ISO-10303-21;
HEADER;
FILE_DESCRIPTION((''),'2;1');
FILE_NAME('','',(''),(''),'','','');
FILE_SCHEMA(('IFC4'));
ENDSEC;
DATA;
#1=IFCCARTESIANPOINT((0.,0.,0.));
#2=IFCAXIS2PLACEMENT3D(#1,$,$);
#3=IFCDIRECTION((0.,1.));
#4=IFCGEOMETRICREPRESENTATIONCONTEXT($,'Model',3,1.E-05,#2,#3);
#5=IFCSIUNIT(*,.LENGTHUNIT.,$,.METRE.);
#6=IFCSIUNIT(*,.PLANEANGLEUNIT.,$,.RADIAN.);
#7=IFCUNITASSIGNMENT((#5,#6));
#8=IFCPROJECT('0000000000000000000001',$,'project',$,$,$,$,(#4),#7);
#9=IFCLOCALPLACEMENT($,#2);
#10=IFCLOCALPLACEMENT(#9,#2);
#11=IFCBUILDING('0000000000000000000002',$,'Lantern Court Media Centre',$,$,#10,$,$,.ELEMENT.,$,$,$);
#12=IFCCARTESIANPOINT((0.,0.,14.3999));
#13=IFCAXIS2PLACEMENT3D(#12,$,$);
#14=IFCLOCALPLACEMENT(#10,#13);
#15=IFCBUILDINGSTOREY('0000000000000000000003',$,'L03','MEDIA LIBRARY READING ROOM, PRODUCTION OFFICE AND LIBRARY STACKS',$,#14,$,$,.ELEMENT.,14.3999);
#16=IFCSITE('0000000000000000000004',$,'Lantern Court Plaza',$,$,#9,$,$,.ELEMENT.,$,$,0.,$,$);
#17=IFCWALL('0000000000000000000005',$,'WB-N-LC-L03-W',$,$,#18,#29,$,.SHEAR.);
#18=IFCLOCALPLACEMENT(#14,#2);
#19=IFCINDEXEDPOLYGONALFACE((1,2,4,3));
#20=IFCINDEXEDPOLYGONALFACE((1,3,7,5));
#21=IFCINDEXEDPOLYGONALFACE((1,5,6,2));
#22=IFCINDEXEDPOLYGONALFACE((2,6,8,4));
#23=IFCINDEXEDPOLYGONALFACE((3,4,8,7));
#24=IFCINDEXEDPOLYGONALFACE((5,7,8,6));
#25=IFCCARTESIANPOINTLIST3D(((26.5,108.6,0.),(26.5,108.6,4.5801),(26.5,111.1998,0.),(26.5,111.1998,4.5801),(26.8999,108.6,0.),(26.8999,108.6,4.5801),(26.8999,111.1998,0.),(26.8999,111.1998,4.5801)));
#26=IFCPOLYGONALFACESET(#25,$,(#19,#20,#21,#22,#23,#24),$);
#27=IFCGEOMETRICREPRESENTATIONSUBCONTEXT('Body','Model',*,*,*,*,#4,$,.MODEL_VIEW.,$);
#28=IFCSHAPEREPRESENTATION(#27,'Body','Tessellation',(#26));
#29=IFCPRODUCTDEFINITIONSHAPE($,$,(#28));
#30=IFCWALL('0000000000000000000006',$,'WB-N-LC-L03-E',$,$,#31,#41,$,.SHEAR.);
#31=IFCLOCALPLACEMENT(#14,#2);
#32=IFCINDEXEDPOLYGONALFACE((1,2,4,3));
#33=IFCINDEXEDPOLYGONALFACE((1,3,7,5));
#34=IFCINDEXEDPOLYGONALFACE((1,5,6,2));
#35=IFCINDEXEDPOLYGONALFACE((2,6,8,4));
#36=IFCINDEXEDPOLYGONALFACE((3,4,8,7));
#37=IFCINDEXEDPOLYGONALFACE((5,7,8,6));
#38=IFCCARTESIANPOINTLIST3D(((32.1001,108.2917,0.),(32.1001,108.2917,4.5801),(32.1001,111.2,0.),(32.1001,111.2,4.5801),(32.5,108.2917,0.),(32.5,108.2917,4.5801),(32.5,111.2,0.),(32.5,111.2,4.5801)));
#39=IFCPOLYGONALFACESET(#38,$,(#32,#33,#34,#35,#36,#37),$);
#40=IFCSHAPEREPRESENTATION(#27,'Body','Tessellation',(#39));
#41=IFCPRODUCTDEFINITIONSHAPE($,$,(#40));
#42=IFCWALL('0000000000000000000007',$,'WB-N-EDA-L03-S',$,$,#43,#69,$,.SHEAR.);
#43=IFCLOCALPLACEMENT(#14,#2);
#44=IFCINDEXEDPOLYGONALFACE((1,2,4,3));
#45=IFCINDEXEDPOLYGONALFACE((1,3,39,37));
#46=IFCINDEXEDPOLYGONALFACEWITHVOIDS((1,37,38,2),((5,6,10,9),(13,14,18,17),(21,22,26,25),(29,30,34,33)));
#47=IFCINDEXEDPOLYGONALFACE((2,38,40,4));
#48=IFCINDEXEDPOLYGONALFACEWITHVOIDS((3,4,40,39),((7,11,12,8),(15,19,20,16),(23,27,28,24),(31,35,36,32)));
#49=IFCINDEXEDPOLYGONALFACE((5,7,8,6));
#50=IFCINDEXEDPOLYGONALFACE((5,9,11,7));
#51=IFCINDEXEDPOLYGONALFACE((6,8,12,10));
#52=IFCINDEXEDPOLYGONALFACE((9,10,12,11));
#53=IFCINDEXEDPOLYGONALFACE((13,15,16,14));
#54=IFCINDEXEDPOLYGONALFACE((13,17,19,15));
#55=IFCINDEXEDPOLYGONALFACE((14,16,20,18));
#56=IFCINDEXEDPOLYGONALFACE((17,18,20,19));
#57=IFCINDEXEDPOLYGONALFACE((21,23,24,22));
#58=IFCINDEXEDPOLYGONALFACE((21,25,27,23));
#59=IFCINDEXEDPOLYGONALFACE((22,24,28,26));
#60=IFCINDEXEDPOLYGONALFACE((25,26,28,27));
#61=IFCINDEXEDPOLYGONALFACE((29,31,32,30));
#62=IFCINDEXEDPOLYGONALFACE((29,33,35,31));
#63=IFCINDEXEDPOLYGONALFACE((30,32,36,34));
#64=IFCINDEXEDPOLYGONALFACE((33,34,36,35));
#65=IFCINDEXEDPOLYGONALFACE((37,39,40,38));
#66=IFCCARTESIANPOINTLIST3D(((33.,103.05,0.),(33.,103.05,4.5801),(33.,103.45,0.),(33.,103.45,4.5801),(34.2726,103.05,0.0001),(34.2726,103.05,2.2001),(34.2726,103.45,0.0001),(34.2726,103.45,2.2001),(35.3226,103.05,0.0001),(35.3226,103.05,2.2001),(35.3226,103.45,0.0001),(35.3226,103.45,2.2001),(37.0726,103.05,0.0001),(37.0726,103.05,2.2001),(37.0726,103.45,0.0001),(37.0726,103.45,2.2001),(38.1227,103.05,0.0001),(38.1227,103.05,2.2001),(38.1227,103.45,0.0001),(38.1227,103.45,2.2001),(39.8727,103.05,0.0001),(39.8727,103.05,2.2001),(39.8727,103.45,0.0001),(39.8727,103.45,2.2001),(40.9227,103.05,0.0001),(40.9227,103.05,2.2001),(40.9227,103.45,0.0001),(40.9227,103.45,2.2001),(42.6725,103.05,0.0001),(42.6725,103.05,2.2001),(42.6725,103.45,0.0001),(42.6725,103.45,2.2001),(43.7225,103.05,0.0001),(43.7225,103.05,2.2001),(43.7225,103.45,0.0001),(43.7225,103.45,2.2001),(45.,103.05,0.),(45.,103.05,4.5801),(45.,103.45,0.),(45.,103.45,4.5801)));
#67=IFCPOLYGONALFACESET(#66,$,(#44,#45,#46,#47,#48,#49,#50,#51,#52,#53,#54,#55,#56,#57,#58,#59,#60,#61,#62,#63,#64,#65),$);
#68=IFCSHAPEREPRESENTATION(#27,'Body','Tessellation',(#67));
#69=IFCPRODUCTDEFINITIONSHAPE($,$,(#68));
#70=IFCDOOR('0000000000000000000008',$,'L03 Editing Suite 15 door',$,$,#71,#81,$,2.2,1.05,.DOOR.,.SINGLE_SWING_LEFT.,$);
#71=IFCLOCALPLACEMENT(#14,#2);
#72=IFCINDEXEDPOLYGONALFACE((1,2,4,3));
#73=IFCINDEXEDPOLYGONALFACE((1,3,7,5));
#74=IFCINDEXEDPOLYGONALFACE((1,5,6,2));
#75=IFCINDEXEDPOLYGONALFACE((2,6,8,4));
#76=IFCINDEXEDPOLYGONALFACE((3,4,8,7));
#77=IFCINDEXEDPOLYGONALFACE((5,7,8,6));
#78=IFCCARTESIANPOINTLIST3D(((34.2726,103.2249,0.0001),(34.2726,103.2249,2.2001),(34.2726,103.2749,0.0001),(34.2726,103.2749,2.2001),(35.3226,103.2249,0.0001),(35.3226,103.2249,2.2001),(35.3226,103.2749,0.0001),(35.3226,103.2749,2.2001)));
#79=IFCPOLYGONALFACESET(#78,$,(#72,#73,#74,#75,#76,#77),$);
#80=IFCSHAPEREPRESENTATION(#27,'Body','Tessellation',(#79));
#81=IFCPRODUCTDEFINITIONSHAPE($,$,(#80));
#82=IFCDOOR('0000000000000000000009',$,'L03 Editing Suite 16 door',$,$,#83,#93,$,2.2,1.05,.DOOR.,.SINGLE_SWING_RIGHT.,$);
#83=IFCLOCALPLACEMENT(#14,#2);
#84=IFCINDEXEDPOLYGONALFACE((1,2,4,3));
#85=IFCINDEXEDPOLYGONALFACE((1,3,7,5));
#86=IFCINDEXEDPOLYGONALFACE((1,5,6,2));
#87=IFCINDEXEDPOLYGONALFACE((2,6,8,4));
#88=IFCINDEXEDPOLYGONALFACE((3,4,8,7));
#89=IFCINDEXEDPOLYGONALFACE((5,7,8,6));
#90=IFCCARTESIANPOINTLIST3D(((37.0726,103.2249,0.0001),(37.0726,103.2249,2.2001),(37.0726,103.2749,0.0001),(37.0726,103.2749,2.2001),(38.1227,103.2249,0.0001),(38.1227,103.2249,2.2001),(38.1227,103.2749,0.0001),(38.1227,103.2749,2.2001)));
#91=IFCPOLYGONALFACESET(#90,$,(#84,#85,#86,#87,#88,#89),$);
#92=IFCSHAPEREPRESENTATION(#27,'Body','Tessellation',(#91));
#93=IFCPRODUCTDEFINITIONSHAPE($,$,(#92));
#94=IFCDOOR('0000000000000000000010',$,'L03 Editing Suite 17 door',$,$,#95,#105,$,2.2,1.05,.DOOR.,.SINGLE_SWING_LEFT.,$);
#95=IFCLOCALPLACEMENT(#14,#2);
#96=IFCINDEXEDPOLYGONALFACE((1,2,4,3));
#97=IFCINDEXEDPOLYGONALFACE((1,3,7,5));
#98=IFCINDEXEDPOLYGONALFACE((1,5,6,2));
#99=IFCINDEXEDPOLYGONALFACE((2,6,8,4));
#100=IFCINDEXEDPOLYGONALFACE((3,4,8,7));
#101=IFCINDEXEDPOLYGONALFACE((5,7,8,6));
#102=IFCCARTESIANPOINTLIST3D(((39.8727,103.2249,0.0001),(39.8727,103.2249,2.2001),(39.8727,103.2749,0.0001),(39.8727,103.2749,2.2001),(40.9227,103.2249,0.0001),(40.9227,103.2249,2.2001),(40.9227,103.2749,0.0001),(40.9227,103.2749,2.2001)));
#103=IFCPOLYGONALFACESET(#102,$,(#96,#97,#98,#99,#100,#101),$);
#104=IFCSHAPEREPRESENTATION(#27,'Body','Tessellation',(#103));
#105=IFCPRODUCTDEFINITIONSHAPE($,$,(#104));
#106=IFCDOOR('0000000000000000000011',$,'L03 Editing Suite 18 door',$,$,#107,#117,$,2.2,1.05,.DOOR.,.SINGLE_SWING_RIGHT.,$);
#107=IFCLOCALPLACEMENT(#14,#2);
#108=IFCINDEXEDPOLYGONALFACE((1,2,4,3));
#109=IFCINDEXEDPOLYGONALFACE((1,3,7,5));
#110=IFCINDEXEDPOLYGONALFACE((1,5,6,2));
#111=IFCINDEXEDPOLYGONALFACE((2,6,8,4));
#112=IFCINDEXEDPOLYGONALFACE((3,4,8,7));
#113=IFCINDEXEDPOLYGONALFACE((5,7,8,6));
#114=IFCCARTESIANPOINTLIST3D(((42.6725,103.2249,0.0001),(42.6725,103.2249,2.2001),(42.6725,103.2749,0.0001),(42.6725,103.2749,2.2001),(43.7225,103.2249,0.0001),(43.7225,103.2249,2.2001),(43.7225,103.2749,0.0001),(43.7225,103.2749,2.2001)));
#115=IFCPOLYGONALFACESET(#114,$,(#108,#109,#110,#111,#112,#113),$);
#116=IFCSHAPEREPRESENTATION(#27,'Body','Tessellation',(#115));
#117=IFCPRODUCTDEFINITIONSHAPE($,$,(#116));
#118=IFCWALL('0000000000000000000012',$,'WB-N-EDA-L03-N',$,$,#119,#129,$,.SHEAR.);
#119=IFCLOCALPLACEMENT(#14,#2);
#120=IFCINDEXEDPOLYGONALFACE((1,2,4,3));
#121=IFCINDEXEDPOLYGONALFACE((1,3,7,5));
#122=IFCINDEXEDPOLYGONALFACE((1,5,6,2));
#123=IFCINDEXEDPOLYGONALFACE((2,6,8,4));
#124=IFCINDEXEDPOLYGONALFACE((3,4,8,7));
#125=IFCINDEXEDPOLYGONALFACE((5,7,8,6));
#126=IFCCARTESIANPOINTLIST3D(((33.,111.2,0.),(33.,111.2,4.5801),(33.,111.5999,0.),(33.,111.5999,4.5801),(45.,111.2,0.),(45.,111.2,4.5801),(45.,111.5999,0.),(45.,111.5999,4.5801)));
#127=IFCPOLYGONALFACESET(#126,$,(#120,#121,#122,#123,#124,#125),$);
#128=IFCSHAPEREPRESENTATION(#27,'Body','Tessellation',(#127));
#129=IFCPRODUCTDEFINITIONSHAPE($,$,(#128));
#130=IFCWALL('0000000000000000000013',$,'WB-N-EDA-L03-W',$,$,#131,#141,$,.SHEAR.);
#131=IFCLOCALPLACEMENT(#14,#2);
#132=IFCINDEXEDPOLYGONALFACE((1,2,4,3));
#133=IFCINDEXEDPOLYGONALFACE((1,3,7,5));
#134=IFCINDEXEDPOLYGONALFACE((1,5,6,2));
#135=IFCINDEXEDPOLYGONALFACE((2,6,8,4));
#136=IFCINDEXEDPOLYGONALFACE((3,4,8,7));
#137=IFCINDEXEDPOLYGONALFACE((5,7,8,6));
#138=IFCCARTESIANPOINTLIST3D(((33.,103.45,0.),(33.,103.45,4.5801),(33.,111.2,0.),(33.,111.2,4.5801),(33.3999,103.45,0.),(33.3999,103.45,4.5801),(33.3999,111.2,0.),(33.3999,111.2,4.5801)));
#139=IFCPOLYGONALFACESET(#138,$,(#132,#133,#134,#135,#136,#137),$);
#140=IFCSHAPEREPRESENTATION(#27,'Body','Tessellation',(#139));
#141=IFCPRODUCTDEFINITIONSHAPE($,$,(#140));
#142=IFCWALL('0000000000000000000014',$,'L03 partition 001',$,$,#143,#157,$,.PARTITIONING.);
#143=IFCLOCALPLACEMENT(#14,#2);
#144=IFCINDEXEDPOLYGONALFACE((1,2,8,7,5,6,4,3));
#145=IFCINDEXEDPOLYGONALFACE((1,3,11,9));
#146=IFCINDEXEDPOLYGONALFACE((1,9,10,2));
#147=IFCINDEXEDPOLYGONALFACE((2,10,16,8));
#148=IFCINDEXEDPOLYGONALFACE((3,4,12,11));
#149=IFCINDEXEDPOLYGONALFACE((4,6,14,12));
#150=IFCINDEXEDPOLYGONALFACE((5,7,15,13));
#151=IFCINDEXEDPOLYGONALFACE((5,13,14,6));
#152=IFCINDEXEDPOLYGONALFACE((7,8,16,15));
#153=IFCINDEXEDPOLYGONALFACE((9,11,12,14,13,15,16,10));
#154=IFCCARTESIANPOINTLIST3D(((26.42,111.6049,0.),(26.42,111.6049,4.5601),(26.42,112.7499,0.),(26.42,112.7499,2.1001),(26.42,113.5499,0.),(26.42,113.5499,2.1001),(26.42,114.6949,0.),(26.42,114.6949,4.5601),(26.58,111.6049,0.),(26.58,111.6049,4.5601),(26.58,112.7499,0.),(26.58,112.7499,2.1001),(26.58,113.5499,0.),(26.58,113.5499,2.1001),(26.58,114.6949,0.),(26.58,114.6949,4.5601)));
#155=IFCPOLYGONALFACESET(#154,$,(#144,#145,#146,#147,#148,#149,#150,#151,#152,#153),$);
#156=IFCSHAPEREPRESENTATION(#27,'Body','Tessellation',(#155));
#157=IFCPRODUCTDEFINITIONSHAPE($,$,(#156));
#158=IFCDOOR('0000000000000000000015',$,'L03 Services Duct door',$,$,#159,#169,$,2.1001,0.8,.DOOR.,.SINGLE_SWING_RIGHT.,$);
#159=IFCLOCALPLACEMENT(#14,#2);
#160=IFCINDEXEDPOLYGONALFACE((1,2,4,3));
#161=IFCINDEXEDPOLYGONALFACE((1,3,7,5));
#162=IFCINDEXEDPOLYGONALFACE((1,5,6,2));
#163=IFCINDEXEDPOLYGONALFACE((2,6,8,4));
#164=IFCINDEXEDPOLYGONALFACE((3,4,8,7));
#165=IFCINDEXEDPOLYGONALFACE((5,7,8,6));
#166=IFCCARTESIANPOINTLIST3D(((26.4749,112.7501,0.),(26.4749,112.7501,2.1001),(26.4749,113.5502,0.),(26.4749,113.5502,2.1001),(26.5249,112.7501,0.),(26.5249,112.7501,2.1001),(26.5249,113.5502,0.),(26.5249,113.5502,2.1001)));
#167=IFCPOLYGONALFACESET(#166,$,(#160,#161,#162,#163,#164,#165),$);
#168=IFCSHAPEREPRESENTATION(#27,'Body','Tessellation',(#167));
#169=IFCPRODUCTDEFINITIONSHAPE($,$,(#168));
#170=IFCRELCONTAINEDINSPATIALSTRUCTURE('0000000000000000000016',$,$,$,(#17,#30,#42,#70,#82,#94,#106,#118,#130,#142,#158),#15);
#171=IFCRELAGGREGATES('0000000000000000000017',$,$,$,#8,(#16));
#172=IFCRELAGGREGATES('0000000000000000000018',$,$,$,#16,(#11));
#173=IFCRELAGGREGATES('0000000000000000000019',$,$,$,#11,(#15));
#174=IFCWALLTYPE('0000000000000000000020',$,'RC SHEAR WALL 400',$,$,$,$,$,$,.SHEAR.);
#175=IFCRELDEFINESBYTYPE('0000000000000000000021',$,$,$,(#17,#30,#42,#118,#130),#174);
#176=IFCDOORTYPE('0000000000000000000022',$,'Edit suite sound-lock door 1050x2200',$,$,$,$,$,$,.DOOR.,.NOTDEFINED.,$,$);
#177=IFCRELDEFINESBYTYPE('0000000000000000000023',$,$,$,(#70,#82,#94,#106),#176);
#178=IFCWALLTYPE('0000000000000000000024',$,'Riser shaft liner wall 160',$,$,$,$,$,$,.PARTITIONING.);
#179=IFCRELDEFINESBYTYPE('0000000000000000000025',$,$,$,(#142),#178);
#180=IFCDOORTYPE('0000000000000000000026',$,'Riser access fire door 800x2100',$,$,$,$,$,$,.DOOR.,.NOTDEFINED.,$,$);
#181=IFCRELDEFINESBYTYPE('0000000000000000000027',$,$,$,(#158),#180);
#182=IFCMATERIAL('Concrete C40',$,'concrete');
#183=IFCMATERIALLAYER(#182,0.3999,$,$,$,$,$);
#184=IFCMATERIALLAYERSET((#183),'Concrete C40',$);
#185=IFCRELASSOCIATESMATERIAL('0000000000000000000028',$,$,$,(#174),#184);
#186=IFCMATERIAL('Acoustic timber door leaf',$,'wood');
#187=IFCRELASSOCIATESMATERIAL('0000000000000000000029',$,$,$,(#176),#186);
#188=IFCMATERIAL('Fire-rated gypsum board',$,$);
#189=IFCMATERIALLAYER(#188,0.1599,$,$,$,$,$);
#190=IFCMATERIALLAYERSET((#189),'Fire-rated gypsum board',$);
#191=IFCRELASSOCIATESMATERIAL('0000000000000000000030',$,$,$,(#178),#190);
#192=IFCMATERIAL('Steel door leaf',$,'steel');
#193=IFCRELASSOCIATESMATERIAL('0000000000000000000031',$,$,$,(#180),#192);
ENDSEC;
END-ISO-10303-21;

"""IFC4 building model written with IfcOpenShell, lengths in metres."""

from ifc_helpers import new_model, si_unit, direction, frame, frame_2d, origin, place, context, subcontext, project, spatial, rectangle, extrude, material, layer, layer_set, type_object, element, fill, save


model = new_model("IFC4")

# Units and contexts
model_context = context("Model", 3, precision=1e-05, world=origin(), true_north=direction((0.0, 1.0)))
body_context = subcontext(model_context, "Body", "Model", "MODEL_VIEW")
ifc_project = project(units=[si_unit("LENGTHUNIT", "METRE"), si_unit("PLANEANGLEUNIT", "RADIAN")], contexts=[model_context])

# Site, building, storey
site_placement = place(None, origin())
site = spatial("IfcSite", under=ifc_project, at=site_placement, Name="Lantern Court Plaza", CompositionType="ELEMENT", RefElevation=0.0)
building_placement = place(site_placement, origin())
building = spatial("IfcBuilding", under=site, at=building_placement, Name="Lantern Court Media Centre", CompositionType="ELEMENT")
storey_placement = place(building_placement, frame((0.0, 0.0, 14.3999)))
storey = spatial("IfcBuildingStorey", under=building, at=storey_placement, Name="L03", Description="MEDIA LIBRARY READING ROOM, PRODUCTION OFFICE AND LIBRARY STACKS", CompositionType="ELEMENT", Elevation=14.3999)

# Shared definitions
ifc_material_1 = material(Name="Concrete C40", Category="concrete")

# Shared definitions
ifc_layer_1 = layer(ifc_material_1, 0.3999)
ifc_layer_set_1 = layer_set([ifc_layer_1], Name="Concrete C40")
wall_type_1 = type_object("IfcWallType", Name="RC SHEAR WALL 400", PredefinedType="SHEAR", material=ifc_layer_set_1)
ifc_material_2 = material(Name="Steel door leaf", Category="steel")

# Walls
wall_1_placement = place(storey_placement, frame((26.7, 108.6001, 0.0), z_axis=(0.0, 0.0, 1.0), x_axis=(0.0, 1.0, 0.0)))
element("IfcWall", 1, at=wall_1_placement, inside=storey, type_object=wall_type_1, Name="WB-N-LC-L03-W", PredefinedType="SHEAR", context=body_context, shape_type="SweptSolid", body=[
    extrude(rectangle(XDim=2.5999, YDim=0.3999, at=frame_2d((1.2998, 0.0))), origin(), (0.0, 0.0, 1.0), 4.5801),
])
wall_2_placement = place(storey_placement, frame((32.3, 108.2917, 0.0), z_axis=(0.0, 0.0, 1.0), x_axis=(0.0, 1.0, 0.0)))
element("IfcWall", 2, at=wall_2_placement, inside=storey, type_object=wall_type_1, Name="WB-N-LC-L03-E", PredefinedType="SHEAR", context=body_context, shape_type="SweptSolid", body=[
    extrude(rectangle(XDim=2.9082, YDim=0.3999, at=frame_2d((1.4541, 0.0))), origin(), (0.0, 0.0, 1.0), 4.5801),
])

# Wall, openings, doors
wall_3_placement = place(storey_placement, frame((33.0, 103.25, 0.0), z_axis=(0.0, 0.0, 1.0), x_axis=(1.0, 0.0, 0.0)))
wall_3 = element("IfcWall", 3, at=wall_3_placement, inside=storey, type_object=wall_type_1, Name="WB-N-EDA-L03-S", PredefinedType="SHEAR", context=body_context, shape_type="SweptSolid", body=[
    extrude(rectangle(XDim=12.0, YDim=0.3999, at=frame_2d((6.0, 0.0))), origin(), (0.0, 0.0, 1.0), 4.5801),
])
opening_1_placement = place(wall_3_placement, frame((1.2727, 0.0, 0.0)))
opening_1 = element("IfcOpeningElement", 4, at=opening_1_placement, cuts=wall_3, PredefinedType="OPENING", context=body_context, shape_type="SweptSolid", body=[
    extrude(rectangle(XDim=1.05, YDim=2.2, at=frame_2d((0.5249, 1.1001))), frame((0.0, 0.21, 0.0), z_axis=(0.0, -1.0, 0.0), x_axis=(1.0, 0.0, 0.0)), (0.0, 0.0, 1.0), 0.4199),
])
opening_2_placement = place(wall_3_placement, frame((4.0728, 0.0, 0.0)))
opening_2 = element("IfcOpeningElement", 5, at=opening_2_placement, cuts=wall_3, PredefinedType="OPENING", context=body_context, shape_type="SweptSolid", body=[
    extrude(rectangle(XDim=1.05, YDim=2.2, at=frame_2d((0.5249, 1.1001))), frame((0.0, 0.21, 0.0), z_axis=(0.0, -1.0, 0.0), x_axis=(1.0, 0.0, 0.0)), (0.0, 0.0, 1.0), 0.4199),
])
opening_3_placement = place(wall_3_placement, frame((6.8728, 0.0, 0.0)))
opening_3 = element("IfcOpeningElement", 6, at=opening_3_placement, cuts=wall_3, PredefinedType="OPENING", context=body_context, shape_type="SweptSolid", body=[
    extrude(rectangle(XDim=1.05, YDim=2.2, at=frame_2d((0.5249, 1.1001))), frame((0.0, 0.21, 0.0), z_axis=(0.0, -1.0, 0.0), x_axis=(1.0, 0.0, 0.0)), (0.0, 0.0, 1.0), 0.4199),
])
opening_4_placement = place(wall_3_placement, frame((9.6726, 0.0, 0.0)))
opening_4 = element("IfcOpeningElement", 7, at=opening_4_placement, cuts=wall_3, PredefinedType="OPENING", context=body_context, shape_type="SweptSolid", body=[
    extrude(rectangle(XDim=1.05, YDim=2.2, at=frame_2d((0.5249, 1.1001))), frame((0.0, 0.21, 0.0), z_axis=(0.0, -1.0, 0.0), x_axis=(1.0, 0.0, 0.0)), (0.0, 0.0, 1.0), 0.4199),
])
ifc_material_3 = material(Name="Acoustic timber door leaf", Category="wood")
door_type_1 = type_object("IfcDoorType", Name="Edit suite sound-lock door 1050x2200", OperationType="NOTDEFINED", PredefinedType="DOOR", material=ifc_material_3)
door_1_placement = place(opening_1_placement, origin())
door_1 = element("IfcDoor", 8, at=door_1_placement, inside=storey, type_object=door_type_1, Name="L03 Editing Suite 15 door", OperationType="SINGLE_SWING_LEFT", OverallHeight=2.2, OverallWidth=1.05, PredefinedType="DOOR", context=body_context, shape_type="SweptSolid", body=[
    extrude(rectangle(XDim=1.05, YDim=2.2, at=frame_2d((0.5249, 1.1001))), frame((0.0, 0.0249, 0.0), z_axis=(0.0, -1.0, 0.0), x_axis=(1.0, 0.0, 0.0)), (0.0, 0.0, 1.0), 0.05),
])
fill(opening_1, door_1)
door_2_placement = place(opening_2_placement, origin())
door_2 = element("IfcDoor", 9, at=door_2_placement, inside=storey, type_object=door_type_1, Name="L03 Editing Suite 16 door", OperationType="SINGLE_SWING_RIGHT", OverallHeight=2.2, OverallWidth=1.05, PredefinedType="DOOR", context=body_context, shape_type="SweptSolid", body=[
    extrude(rectangle(XDim=1.05, YDim=2.2, at=frame_2d((0.5249, 1.1001))), frame((0.0, 0.0249, 0.0), z_axis=(0.0, -1.0, 0.0), x_axis=(1.0, 0.0, 0.0)), (0.0, 0.0, 1.0), 0.05),
])
fill(opening_2, door_2)
door_3_placement = place(opening_3_placement, origin())
door_3 = element("IfcDoor", 10, at=door_3_placement, inside=storey, type_object=door_type_1, Name="L03 Editing Suite 17 door", OperationType="SINGLE_SWING_LEFT", OverallHeight=2.2, OverallWidth=1.05, PredefinedType="DOOR", context=body_context, shape_type="SweptSolid", body=[
    extrude(rectangle(XDim=1.05, YDim=2.2, at=frame_2d((0.5249, 1.1001))), frame((0.0, 0.0249, 0.0), z_axis=(0.0, -1.0, 0.0), x_axis=(1.0, 0.0, 0.0)), (0.0, 0.0, 1.0), 0.05),
])
fill(opening_3, door_3)
door_4_placement = place(opening_4_placement, origin())
door_4 = element("IfcDoor", 11, at=door_4_placement, inside=storey, type_object=door_type_1, Name="L03 Editing Suite 18 door", OperationType="SINGLE_SWING_RIGHT", OverallHeight=2.2, OverallWidth=1.05, PredefinedType="DOOR", context=body_context, shape_type="SweptSolid", body=[
    extrude(rectangle(XDim=1.05, YDim=2.2, at=frame_2d((0.5249, 1.1001))), frame((0.0, 0.0249, 0.0), z_axis=(0.0, -1.0, 0.0), x_axis=(1.0, 0.0, 0.0)), (0.0, 0.0, 1.0), 0.05),
])
fill(opening_4, door_4)

# Walls
wall_4_placement = place(storey_placement, frame((33.0, 111.3999, 0.0), z_axis=(0.0, 0.0, 1.0), x_axis=(1.0, 0.0, 0.0)))
element("IfcWall", 12, at=wall_4_placement, inside=storey, type_object=wall_type_1, Name="WB-N-EDA-L03-N", PredefinedType="SHEAR", context=body_context, shape_type="SweptSolid", body=[
    extrude(rectangle(XDim=12.0, YDim=0.3999, at=frame_2d((6.0, 0.0))), origin(), (0.0, 0.0, 1.0), 4.5801),
])
wall_5_placement = place(storey_placement, frame((33.2, 103.45, 0.0), z_axis=(0.0, 0.0, 1.0), x_axis=(0.0, 1.0, 0.0)))
element("IfcWall", 13, at=wall_5_placement, inside=storey, type_object=wall_type_1, Name="WB-N-EDA-L03-W", PredefinedType="SHEAR", context=body_context, shape_type="SweptSolid", body=[
    extrude(rectangle(XDim=7.75, YDim=0.3999, at=frame_2d((3.875, 0.0))), origin(), (0.0, 0.0, 1.0), 4.5801),
])

# Wall, opening, door
ifc_material_4 = material(Name="Fire-rated gypsum board")
ifc_layer_2 = layer(ifc_material_4, 0.1599)
ifc_layer_set_2 = layer_set([ifc_layer_2], Name="Fire-rated gypsum board")
wall_type_2 = type_object("IfcWallType", Name="Riser shaft liner wall 160", PredefinedType="PARTITIONING", material=ifc_layer_set_2)
wall_6_placement = place(storey_placement, frame((26.5, 111.605, 0.0), z_axis=(0.0, 0.0, 1.0), x_axis=(0.0, 1.0, 0.0)))
wall_6 = element("IfcWall", 14, at=wall_6_placement, inside=storey, type_object=wall_type_2, Name="L03 partition 001", PredefinedType="PARTITIONING", context=body_context, shape_type="SweptSolid", body=[
    extrude(rectangle(XDim=3.0901, YDim=0.1599, at=frame_2d((1.5449, 0.0))), origin(), (0.0, 0.0, 1.0), 4.5601),
])
opening_5_placement = place(wall_6_placement, frame((1.145, 0.0, 0.0)))
opening_5 = element("IfcOpeningElement", 15, at=opening_5_placement, cuts=wall_6, PredefinedType="OPENING", context=body_context, shape_type="SweptSolid", body=[
    extrude(rectangle(XDim=0.8, YDim=2.1001, at=frame_2d((0.3999, 1.05))), frame((0.0, 0.0898, 0.0), z_axis=(0.0, -1.0, 0.0), x_axis=(1.0, 0.0, 0.0)), (0.0, 0.0, 1.0), 0.1799),
])
door_type_2 = type_object("IfcDoorType", Name="Riser access fire door 800x2100", OperationType="NOTDEFINED", PredefinedType="DOOR", material=ifc_material_2)
door_5_placement = place(opening_5_placement, frame((0.8, 0.0, 0.0), z_axis=(0.0, 0.0, 1.0), x_axis=(-1.0, 0.0, 0.0)))
door_5 = element("IfcDoor", 16, at=door_5_placement, inside=storey, type_object=door_type_2, Name="L03 Services Duct door", OperationType="SINGLE_SWING_RIGHT", OverallHeight=2.1001, OverallWidth=0.8, PredefinedType="DOOR", context=body_context, shape_type="SweptSolid", body=[
    extrude(rectangle(XDim=0.8, YDim=2.1001, at=frame_2d((0.3999, 1.05))), frame((0.0, 0.0249, 0.0), z_axis=(0.0, -1.0, 0.0), x_axis=(1.0, 0.0, 0.0)), (0.0, 0.0, 1.0), 0.05),
])
fill(opening_5, door_5)

save(model, "model.ifc")
